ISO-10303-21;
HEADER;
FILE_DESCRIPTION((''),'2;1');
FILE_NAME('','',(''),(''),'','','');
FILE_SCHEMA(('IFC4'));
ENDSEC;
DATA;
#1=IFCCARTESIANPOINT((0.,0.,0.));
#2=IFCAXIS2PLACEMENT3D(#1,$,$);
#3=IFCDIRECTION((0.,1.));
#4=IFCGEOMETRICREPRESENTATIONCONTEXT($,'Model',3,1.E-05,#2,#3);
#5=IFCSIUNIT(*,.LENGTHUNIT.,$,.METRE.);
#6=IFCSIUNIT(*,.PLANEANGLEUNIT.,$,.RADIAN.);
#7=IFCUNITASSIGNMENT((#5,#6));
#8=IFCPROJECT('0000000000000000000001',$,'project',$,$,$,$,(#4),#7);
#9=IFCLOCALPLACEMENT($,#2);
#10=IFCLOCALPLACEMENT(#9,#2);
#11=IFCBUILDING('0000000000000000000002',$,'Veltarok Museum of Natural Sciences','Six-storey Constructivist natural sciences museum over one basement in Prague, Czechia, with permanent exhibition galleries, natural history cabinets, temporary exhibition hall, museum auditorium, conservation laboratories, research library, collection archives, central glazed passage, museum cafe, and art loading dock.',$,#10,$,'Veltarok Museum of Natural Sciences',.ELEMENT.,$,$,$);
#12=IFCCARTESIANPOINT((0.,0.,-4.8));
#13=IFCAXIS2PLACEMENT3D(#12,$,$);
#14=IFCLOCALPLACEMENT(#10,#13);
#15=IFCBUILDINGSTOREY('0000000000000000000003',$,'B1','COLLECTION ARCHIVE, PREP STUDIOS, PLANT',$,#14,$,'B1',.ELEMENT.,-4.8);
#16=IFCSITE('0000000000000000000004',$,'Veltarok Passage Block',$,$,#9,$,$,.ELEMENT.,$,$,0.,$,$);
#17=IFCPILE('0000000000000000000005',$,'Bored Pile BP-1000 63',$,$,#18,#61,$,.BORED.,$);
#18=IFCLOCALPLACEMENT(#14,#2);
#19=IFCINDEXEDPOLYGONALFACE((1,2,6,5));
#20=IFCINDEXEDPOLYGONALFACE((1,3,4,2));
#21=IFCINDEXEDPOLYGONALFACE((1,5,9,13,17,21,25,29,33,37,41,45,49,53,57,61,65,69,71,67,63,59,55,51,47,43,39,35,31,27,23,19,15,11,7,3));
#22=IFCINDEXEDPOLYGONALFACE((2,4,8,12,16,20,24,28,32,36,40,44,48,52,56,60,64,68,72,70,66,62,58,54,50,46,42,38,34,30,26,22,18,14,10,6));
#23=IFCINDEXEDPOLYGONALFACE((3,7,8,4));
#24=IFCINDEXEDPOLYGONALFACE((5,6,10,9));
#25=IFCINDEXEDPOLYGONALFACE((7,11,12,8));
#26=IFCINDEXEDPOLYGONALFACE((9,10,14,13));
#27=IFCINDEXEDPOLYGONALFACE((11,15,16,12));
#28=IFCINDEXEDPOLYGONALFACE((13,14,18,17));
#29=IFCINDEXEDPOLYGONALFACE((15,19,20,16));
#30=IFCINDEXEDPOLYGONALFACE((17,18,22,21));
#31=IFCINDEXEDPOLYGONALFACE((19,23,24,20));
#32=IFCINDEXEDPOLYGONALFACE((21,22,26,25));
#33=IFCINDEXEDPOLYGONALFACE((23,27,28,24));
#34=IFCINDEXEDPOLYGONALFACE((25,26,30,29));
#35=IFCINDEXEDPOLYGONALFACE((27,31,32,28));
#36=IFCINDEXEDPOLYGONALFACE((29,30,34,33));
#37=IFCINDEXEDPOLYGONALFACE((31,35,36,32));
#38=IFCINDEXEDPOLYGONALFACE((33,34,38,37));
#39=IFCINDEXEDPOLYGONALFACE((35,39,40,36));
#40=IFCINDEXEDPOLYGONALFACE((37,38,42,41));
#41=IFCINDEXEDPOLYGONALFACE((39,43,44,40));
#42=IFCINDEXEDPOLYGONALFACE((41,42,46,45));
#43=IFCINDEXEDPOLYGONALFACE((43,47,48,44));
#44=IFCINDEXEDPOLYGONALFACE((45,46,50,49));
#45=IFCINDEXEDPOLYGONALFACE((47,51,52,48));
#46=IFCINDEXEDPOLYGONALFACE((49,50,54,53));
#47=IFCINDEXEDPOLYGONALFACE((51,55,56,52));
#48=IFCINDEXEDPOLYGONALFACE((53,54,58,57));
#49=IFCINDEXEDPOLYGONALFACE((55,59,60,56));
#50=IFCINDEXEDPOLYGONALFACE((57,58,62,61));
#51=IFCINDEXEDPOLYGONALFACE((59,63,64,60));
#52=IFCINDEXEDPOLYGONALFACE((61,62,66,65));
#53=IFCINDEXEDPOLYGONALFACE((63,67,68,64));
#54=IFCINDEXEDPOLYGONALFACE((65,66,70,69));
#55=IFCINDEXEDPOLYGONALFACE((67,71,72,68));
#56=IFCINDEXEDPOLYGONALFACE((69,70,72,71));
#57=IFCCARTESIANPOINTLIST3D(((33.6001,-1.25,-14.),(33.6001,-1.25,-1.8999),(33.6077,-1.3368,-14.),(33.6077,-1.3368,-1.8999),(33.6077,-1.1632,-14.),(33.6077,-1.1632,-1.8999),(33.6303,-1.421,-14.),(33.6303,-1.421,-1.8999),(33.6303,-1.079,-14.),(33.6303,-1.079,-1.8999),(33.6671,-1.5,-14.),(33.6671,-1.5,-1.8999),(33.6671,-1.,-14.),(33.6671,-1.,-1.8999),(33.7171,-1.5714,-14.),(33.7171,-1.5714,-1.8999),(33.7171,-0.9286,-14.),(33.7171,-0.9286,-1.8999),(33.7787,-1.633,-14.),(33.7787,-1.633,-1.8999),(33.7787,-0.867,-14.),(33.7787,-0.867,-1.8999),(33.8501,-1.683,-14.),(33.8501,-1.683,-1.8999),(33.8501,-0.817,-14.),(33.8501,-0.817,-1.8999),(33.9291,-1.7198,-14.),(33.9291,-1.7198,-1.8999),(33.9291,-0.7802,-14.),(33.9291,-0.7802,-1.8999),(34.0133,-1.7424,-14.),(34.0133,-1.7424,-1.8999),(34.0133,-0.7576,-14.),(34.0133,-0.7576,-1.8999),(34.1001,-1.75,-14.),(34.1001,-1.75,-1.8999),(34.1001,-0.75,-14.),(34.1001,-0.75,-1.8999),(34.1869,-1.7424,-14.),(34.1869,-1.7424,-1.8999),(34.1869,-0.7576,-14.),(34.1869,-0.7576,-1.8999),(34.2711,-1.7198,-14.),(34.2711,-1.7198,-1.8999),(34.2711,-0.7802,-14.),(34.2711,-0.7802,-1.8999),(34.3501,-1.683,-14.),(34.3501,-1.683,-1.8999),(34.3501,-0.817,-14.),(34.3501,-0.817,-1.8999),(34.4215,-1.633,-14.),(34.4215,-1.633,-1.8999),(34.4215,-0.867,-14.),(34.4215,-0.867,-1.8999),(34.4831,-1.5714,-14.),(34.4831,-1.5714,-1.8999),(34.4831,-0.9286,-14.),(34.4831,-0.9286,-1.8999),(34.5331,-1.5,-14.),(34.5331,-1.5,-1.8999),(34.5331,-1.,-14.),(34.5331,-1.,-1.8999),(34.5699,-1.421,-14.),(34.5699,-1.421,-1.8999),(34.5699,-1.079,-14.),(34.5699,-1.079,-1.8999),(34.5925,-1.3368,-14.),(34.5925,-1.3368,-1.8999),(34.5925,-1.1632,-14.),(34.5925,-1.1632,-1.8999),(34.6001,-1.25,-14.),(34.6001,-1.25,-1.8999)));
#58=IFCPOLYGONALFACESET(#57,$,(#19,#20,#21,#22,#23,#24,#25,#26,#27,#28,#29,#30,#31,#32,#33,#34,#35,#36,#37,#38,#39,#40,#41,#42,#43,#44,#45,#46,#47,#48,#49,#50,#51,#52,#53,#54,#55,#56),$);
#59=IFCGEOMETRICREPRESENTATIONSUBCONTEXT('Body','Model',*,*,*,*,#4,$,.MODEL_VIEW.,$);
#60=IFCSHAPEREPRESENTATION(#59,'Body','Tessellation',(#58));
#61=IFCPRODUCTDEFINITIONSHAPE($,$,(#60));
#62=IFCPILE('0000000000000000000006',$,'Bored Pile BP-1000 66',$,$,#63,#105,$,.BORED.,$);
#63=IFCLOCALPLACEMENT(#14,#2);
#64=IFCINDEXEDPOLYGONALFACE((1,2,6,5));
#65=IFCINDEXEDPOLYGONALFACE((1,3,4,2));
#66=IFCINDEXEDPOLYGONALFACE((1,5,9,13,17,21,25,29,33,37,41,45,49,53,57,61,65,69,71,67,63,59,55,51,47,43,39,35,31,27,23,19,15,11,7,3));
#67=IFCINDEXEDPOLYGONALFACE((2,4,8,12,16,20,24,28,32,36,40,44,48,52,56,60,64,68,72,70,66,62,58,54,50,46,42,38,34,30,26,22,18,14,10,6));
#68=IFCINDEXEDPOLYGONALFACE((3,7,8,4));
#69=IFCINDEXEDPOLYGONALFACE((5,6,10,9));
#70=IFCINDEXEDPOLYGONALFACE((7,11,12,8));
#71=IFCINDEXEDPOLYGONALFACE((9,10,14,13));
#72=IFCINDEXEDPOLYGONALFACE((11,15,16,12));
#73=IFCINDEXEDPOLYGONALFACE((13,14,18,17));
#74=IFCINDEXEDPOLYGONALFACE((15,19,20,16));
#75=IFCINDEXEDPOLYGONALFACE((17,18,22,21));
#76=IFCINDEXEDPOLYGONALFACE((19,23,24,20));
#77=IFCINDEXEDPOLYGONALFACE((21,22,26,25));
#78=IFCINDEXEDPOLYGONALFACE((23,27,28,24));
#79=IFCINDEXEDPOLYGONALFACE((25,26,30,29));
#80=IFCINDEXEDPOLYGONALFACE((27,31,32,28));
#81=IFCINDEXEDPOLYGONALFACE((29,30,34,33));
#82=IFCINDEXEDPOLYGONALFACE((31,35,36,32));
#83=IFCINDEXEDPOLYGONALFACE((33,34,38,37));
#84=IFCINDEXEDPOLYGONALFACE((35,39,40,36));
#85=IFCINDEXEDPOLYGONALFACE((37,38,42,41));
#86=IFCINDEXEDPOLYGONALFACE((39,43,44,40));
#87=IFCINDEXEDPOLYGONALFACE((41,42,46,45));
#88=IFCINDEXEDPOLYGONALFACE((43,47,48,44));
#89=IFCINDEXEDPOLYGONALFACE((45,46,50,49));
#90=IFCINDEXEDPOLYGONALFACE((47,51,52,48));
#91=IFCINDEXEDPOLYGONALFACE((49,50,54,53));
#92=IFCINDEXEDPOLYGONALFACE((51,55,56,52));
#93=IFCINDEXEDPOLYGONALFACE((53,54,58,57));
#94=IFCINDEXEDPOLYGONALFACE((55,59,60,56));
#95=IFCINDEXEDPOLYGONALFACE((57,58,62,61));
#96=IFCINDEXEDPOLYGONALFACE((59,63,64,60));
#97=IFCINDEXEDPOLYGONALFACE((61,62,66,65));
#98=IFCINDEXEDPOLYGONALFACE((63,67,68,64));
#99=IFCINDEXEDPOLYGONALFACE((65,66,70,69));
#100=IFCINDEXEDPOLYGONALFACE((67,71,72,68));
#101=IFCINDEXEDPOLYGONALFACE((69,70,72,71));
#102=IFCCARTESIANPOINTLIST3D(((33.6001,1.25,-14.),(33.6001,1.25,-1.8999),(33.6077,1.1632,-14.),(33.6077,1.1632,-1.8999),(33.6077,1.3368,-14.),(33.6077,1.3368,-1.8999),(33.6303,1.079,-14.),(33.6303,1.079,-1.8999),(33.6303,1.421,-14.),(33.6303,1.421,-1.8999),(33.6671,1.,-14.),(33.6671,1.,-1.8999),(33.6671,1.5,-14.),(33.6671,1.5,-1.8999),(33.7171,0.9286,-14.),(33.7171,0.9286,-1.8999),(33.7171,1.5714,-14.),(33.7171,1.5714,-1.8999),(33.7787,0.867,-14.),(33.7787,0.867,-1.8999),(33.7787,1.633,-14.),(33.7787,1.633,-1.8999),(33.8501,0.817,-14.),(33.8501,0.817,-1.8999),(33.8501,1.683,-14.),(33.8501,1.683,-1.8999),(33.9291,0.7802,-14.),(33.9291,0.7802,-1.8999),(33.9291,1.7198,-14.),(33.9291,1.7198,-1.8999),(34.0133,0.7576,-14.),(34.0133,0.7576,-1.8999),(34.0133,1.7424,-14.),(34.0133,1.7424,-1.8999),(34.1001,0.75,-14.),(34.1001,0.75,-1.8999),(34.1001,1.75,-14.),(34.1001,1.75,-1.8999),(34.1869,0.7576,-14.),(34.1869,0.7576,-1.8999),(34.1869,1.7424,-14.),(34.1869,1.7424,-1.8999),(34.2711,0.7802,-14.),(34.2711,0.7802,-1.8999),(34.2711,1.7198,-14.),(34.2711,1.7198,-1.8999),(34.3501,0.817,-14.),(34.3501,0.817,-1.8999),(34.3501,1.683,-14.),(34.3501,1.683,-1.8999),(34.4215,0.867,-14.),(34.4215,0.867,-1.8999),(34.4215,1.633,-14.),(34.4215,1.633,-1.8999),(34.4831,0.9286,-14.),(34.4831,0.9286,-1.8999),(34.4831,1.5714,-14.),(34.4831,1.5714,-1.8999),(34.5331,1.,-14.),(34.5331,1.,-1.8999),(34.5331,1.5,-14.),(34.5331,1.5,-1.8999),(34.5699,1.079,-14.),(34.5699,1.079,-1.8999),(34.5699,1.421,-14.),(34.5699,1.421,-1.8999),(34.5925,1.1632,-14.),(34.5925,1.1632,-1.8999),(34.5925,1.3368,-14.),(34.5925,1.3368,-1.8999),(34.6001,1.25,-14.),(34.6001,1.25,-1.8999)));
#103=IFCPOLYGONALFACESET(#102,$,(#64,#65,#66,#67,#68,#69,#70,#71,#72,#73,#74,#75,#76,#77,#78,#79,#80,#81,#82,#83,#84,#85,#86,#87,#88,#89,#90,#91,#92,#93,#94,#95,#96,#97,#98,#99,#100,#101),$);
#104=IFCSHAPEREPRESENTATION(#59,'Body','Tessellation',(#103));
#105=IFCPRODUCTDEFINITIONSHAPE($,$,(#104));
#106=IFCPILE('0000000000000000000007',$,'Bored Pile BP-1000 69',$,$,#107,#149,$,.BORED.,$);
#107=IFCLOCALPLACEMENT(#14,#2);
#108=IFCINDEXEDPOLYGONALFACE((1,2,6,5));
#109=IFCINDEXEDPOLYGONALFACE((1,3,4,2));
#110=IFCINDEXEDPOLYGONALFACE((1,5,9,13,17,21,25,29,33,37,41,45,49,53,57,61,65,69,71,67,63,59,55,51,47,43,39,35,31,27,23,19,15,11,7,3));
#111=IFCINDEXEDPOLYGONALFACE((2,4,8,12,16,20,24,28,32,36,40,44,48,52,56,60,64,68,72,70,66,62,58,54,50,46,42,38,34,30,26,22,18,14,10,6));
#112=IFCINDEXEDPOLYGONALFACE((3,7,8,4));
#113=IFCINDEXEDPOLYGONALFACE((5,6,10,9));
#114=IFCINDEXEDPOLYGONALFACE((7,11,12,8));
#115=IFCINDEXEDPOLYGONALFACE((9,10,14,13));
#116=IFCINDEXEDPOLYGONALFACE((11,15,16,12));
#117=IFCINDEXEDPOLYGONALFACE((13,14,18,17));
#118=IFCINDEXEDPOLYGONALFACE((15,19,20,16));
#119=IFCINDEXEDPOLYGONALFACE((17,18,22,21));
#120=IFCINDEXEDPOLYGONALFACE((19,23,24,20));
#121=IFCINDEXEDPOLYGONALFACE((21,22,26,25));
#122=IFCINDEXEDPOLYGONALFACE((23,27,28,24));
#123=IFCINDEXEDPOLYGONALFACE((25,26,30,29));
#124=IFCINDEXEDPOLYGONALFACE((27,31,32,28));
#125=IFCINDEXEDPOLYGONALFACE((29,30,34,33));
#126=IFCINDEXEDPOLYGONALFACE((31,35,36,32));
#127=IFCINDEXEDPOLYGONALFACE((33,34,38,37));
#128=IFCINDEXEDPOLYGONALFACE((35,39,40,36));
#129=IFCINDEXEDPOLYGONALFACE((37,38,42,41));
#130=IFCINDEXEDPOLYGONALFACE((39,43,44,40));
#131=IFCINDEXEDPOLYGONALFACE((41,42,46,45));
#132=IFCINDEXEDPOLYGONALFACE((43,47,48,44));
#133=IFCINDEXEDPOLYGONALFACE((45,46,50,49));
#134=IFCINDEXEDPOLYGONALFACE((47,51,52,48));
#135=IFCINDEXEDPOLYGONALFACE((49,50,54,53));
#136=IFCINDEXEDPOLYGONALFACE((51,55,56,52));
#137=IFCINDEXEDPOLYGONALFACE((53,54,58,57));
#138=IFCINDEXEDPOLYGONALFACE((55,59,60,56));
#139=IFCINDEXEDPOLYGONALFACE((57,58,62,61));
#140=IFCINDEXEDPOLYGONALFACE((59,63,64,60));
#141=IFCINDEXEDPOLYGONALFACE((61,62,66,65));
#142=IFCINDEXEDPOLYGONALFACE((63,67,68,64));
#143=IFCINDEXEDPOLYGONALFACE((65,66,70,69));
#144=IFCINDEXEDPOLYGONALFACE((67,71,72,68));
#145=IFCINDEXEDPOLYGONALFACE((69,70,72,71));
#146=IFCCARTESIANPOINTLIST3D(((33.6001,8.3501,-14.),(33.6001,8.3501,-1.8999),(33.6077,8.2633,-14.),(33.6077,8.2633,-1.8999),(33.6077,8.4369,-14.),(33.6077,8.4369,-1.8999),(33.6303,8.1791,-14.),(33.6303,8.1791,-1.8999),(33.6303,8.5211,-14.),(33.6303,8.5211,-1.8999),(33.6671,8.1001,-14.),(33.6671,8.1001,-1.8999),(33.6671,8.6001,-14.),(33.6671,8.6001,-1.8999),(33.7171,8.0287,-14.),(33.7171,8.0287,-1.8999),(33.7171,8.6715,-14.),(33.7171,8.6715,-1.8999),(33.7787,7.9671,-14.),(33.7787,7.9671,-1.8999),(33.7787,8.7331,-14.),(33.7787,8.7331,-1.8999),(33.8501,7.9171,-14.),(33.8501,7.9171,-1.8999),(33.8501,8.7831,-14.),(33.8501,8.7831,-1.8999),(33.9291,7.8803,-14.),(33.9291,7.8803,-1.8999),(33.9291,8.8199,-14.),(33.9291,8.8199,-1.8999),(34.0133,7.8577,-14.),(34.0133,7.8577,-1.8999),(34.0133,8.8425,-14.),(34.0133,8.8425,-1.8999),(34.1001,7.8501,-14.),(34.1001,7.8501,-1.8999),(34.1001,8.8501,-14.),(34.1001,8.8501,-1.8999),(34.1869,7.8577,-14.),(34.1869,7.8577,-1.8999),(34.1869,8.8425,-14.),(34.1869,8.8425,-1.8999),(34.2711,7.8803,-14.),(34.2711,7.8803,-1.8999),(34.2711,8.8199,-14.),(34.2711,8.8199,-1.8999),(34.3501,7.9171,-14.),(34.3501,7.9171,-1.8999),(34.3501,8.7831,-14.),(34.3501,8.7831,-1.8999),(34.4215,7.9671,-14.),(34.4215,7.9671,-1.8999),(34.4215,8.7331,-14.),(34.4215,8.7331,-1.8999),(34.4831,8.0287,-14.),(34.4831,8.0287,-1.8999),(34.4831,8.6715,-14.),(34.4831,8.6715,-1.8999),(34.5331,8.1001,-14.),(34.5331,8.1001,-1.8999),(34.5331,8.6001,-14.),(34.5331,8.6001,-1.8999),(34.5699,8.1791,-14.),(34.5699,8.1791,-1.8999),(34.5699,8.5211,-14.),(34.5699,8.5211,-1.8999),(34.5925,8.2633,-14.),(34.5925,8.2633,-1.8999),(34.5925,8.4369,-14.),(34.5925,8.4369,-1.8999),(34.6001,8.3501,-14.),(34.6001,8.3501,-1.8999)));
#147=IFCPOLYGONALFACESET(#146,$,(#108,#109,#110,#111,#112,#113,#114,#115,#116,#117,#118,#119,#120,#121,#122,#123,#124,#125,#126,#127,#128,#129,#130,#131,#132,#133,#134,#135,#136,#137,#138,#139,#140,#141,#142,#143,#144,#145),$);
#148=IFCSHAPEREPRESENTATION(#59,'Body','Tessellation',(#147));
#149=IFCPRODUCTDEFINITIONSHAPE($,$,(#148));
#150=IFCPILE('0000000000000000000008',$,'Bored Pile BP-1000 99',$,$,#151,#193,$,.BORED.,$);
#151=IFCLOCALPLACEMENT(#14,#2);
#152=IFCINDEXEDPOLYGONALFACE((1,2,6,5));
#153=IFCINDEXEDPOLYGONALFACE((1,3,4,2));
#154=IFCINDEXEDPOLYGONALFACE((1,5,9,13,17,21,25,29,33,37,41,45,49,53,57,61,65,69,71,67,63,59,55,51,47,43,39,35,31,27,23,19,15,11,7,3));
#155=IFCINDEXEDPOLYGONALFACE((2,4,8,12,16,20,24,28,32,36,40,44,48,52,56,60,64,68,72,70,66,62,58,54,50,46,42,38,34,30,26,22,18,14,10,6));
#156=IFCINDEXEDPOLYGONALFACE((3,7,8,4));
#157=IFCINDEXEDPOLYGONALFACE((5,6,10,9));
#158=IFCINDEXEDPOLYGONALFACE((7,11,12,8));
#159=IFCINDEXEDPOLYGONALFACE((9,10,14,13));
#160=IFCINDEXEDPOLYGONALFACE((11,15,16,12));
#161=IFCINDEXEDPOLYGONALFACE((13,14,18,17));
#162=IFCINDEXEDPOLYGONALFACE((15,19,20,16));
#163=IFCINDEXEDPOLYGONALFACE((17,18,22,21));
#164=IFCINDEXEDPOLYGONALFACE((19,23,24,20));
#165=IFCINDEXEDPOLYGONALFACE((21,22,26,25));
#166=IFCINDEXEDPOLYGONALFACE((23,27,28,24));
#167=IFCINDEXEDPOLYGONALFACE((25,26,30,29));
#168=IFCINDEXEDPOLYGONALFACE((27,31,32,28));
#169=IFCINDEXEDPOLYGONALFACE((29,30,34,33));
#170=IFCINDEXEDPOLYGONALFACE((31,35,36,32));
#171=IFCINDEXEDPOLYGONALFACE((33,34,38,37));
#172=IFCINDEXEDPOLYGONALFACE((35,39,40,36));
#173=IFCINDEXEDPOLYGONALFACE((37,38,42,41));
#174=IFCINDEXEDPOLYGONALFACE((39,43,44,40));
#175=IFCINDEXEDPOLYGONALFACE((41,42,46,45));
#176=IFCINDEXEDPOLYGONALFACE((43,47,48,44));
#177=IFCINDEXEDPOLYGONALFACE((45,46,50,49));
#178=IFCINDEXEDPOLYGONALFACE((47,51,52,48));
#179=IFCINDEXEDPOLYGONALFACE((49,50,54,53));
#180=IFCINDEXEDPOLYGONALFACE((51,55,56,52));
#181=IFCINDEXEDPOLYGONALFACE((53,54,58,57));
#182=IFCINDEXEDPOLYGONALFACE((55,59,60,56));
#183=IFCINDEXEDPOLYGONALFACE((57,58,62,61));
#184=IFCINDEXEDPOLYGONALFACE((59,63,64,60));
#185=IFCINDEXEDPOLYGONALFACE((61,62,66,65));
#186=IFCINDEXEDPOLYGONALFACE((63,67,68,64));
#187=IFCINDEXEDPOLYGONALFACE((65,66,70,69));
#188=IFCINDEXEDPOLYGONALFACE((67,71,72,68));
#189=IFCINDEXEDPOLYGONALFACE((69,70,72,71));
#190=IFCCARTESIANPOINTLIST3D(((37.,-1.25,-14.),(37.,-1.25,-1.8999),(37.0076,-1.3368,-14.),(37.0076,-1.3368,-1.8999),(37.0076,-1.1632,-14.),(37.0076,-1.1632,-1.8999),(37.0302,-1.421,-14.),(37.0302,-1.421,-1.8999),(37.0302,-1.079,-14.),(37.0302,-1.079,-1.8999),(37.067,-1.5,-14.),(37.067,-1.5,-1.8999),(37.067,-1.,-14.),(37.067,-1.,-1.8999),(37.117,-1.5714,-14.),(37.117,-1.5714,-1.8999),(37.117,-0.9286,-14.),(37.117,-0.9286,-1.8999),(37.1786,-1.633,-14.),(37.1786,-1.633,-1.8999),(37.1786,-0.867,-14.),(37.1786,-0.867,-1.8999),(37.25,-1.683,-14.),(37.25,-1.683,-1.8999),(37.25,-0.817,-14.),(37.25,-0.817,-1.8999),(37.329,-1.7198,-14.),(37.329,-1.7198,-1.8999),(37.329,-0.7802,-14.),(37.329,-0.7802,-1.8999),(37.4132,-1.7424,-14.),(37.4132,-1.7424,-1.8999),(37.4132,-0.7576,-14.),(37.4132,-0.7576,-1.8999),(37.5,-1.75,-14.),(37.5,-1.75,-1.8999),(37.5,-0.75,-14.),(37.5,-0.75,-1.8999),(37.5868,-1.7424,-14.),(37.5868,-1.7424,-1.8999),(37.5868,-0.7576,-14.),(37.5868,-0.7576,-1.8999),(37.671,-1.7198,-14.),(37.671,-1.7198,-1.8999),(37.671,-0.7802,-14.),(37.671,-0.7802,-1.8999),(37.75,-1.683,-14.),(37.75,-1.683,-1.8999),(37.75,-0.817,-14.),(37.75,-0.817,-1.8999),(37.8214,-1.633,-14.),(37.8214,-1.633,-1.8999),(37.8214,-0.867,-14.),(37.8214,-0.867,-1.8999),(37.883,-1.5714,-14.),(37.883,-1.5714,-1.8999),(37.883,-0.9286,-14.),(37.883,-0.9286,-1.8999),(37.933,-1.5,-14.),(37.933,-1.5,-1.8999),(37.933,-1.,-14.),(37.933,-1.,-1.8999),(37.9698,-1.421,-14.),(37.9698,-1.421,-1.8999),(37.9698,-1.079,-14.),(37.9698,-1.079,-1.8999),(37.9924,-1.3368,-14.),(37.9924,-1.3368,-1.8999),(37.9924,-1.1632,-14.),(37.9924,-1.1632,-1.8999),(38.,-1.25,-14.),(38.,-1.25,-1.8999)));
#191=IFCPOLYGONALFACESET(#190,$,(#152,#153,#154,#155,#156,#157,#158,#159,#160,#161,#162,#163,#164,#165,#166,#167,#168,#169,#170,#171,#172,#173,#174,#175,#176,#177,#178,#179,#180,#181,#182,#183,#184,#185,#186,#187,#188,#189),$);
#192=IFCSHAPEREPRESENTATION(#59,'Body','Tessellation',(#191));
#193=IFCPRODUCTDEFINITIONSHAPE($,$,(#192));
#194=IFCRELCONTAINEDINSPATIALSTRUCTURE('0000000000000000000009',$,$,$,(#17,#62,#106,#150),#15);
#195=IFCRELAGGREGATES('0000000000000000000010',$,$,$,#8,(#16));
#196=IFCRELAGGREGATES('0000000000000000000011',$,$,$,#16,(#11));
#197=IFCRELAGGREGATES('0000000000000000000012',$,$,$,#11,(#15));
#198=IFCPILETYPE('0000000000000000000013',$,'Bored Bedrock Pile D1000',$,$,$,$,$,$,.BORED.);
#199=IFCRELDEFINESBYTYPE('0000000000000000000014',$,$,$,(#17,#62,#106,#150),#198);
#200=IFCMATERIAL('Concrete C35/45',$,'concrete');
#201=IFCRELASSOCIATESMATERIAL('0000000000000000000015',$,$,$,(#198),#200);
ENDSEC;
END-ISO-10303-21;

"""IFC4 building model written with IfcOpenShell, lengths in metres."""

from ifc_helpers import new_model, si_unit, direction, frame, origin, origin_2d, place, context, subcontext, project, spatial, circle, extrude, material, material_profile, profile_set, type_object, element, save


model = new_model("IFC4")

# Units and contexts
model_context = context("Model", 3, precision=1e-05, world=origin(), true_north=direction((0.0, 1.0)))
body_context = subcontext(model_context, "Body", "Model", "MODEL_VIEW")
ifc_project = project(units=[si_unit("LENGTHUNIT", "METRE"), si_unit("PLANEANGLEUNIT", "RADIAN")], contexts=[model_context])

# Site, building, storey
site_placement = place(None, origin())
site = spatial("IfcSite", under=ifc_project, at=site_placement, Name="Veltarok Passage Block", CompositionType="ELEMENT", RefElevation=0.0)
building_placement = place(site_placement, origin())
building = spatial("IfcBuilding", under=site, at=building_placement, Name="Veltarok Museum of Natural Sciences", Description="Six-storey Constructivist natural sciences museum over one basement in Prague, Czechia, with permanent exhibition galleries, natural history cabinets, temporary exhibition hall, museum auditorium, conservation laboratories, research library, collection archives, central glazed passage, museum cafe, and art loading dock.", LongName="Veltarok Museum of Natural Sciences", CompositionType="ELEMENT")
storey_placement = place(building_placement, frame((0.0, 0.0, -4.8)))
storey = spatial("IfcBuildingStorey", under=building, at=storey_placement, Name="B1", Description="COLLECTION ARCHIVE, PREP STUDIOS, PLANT", LongName="B1", CompositionType="ELEMENT", Elevation=-4.8)

# Piles
ifc_material_1 = material(Name="Concrete C35/45", Category="concrete")
ifc_material_profile_1 = material_profile(ifc_material_1, circle(Radius=0.5, at=origin_2d()), Name="BP D1000")
ifc_profile_set_1 = profile_set([ifc_material_profile_1], Name="Concrete C35/45")
pile_type = type_object("IfcPileType", Name="Bored Bedrock Pile D1000", PredefinedType="BORED", material=ifc_profile_set_1)
for number, where, z_axis, x_axis, name in (
    (1, (34.1001, -1.25, -1.8999), (0.0, 0.0, -1.0), (1.0, 0.0, 0.0), "Bored Pile BP-1000 63"),
    (2, (34.1001, 1.25, -1.8999), (0.0, 0.0, -1.0), (1.0, 0.0, 0.0), "Bored Pile BP-1000 66"),
    (3, (34.1001, 8.3501, -1.8999), (0.0, 0.0, -1.0), (1.0, 0.0, 0.0), "Bored Pile BP-1000 69"),
    (4, (37.5, -1.25, -1.8999), (0.0, 0.0, -1.0), (1.0, 0.0, 0.0), "Bored Pile BP-1000 99"),
):
    element("IfcPile", number, at=place(storey_placement, frame(where, z_axis=z_axis, x_axis=x_axis)), inside=storey, type_object=pile_type, Name=name, PredefinedType="BORED", context=body_context, shape_type="SweptSolid", body=[
        extrude(circle(Radius=0.5, at=origin_2d()), origin(), (0.0, 0.0, 1.0), 12.1001),
    ])

save(model, "model.ifc")
